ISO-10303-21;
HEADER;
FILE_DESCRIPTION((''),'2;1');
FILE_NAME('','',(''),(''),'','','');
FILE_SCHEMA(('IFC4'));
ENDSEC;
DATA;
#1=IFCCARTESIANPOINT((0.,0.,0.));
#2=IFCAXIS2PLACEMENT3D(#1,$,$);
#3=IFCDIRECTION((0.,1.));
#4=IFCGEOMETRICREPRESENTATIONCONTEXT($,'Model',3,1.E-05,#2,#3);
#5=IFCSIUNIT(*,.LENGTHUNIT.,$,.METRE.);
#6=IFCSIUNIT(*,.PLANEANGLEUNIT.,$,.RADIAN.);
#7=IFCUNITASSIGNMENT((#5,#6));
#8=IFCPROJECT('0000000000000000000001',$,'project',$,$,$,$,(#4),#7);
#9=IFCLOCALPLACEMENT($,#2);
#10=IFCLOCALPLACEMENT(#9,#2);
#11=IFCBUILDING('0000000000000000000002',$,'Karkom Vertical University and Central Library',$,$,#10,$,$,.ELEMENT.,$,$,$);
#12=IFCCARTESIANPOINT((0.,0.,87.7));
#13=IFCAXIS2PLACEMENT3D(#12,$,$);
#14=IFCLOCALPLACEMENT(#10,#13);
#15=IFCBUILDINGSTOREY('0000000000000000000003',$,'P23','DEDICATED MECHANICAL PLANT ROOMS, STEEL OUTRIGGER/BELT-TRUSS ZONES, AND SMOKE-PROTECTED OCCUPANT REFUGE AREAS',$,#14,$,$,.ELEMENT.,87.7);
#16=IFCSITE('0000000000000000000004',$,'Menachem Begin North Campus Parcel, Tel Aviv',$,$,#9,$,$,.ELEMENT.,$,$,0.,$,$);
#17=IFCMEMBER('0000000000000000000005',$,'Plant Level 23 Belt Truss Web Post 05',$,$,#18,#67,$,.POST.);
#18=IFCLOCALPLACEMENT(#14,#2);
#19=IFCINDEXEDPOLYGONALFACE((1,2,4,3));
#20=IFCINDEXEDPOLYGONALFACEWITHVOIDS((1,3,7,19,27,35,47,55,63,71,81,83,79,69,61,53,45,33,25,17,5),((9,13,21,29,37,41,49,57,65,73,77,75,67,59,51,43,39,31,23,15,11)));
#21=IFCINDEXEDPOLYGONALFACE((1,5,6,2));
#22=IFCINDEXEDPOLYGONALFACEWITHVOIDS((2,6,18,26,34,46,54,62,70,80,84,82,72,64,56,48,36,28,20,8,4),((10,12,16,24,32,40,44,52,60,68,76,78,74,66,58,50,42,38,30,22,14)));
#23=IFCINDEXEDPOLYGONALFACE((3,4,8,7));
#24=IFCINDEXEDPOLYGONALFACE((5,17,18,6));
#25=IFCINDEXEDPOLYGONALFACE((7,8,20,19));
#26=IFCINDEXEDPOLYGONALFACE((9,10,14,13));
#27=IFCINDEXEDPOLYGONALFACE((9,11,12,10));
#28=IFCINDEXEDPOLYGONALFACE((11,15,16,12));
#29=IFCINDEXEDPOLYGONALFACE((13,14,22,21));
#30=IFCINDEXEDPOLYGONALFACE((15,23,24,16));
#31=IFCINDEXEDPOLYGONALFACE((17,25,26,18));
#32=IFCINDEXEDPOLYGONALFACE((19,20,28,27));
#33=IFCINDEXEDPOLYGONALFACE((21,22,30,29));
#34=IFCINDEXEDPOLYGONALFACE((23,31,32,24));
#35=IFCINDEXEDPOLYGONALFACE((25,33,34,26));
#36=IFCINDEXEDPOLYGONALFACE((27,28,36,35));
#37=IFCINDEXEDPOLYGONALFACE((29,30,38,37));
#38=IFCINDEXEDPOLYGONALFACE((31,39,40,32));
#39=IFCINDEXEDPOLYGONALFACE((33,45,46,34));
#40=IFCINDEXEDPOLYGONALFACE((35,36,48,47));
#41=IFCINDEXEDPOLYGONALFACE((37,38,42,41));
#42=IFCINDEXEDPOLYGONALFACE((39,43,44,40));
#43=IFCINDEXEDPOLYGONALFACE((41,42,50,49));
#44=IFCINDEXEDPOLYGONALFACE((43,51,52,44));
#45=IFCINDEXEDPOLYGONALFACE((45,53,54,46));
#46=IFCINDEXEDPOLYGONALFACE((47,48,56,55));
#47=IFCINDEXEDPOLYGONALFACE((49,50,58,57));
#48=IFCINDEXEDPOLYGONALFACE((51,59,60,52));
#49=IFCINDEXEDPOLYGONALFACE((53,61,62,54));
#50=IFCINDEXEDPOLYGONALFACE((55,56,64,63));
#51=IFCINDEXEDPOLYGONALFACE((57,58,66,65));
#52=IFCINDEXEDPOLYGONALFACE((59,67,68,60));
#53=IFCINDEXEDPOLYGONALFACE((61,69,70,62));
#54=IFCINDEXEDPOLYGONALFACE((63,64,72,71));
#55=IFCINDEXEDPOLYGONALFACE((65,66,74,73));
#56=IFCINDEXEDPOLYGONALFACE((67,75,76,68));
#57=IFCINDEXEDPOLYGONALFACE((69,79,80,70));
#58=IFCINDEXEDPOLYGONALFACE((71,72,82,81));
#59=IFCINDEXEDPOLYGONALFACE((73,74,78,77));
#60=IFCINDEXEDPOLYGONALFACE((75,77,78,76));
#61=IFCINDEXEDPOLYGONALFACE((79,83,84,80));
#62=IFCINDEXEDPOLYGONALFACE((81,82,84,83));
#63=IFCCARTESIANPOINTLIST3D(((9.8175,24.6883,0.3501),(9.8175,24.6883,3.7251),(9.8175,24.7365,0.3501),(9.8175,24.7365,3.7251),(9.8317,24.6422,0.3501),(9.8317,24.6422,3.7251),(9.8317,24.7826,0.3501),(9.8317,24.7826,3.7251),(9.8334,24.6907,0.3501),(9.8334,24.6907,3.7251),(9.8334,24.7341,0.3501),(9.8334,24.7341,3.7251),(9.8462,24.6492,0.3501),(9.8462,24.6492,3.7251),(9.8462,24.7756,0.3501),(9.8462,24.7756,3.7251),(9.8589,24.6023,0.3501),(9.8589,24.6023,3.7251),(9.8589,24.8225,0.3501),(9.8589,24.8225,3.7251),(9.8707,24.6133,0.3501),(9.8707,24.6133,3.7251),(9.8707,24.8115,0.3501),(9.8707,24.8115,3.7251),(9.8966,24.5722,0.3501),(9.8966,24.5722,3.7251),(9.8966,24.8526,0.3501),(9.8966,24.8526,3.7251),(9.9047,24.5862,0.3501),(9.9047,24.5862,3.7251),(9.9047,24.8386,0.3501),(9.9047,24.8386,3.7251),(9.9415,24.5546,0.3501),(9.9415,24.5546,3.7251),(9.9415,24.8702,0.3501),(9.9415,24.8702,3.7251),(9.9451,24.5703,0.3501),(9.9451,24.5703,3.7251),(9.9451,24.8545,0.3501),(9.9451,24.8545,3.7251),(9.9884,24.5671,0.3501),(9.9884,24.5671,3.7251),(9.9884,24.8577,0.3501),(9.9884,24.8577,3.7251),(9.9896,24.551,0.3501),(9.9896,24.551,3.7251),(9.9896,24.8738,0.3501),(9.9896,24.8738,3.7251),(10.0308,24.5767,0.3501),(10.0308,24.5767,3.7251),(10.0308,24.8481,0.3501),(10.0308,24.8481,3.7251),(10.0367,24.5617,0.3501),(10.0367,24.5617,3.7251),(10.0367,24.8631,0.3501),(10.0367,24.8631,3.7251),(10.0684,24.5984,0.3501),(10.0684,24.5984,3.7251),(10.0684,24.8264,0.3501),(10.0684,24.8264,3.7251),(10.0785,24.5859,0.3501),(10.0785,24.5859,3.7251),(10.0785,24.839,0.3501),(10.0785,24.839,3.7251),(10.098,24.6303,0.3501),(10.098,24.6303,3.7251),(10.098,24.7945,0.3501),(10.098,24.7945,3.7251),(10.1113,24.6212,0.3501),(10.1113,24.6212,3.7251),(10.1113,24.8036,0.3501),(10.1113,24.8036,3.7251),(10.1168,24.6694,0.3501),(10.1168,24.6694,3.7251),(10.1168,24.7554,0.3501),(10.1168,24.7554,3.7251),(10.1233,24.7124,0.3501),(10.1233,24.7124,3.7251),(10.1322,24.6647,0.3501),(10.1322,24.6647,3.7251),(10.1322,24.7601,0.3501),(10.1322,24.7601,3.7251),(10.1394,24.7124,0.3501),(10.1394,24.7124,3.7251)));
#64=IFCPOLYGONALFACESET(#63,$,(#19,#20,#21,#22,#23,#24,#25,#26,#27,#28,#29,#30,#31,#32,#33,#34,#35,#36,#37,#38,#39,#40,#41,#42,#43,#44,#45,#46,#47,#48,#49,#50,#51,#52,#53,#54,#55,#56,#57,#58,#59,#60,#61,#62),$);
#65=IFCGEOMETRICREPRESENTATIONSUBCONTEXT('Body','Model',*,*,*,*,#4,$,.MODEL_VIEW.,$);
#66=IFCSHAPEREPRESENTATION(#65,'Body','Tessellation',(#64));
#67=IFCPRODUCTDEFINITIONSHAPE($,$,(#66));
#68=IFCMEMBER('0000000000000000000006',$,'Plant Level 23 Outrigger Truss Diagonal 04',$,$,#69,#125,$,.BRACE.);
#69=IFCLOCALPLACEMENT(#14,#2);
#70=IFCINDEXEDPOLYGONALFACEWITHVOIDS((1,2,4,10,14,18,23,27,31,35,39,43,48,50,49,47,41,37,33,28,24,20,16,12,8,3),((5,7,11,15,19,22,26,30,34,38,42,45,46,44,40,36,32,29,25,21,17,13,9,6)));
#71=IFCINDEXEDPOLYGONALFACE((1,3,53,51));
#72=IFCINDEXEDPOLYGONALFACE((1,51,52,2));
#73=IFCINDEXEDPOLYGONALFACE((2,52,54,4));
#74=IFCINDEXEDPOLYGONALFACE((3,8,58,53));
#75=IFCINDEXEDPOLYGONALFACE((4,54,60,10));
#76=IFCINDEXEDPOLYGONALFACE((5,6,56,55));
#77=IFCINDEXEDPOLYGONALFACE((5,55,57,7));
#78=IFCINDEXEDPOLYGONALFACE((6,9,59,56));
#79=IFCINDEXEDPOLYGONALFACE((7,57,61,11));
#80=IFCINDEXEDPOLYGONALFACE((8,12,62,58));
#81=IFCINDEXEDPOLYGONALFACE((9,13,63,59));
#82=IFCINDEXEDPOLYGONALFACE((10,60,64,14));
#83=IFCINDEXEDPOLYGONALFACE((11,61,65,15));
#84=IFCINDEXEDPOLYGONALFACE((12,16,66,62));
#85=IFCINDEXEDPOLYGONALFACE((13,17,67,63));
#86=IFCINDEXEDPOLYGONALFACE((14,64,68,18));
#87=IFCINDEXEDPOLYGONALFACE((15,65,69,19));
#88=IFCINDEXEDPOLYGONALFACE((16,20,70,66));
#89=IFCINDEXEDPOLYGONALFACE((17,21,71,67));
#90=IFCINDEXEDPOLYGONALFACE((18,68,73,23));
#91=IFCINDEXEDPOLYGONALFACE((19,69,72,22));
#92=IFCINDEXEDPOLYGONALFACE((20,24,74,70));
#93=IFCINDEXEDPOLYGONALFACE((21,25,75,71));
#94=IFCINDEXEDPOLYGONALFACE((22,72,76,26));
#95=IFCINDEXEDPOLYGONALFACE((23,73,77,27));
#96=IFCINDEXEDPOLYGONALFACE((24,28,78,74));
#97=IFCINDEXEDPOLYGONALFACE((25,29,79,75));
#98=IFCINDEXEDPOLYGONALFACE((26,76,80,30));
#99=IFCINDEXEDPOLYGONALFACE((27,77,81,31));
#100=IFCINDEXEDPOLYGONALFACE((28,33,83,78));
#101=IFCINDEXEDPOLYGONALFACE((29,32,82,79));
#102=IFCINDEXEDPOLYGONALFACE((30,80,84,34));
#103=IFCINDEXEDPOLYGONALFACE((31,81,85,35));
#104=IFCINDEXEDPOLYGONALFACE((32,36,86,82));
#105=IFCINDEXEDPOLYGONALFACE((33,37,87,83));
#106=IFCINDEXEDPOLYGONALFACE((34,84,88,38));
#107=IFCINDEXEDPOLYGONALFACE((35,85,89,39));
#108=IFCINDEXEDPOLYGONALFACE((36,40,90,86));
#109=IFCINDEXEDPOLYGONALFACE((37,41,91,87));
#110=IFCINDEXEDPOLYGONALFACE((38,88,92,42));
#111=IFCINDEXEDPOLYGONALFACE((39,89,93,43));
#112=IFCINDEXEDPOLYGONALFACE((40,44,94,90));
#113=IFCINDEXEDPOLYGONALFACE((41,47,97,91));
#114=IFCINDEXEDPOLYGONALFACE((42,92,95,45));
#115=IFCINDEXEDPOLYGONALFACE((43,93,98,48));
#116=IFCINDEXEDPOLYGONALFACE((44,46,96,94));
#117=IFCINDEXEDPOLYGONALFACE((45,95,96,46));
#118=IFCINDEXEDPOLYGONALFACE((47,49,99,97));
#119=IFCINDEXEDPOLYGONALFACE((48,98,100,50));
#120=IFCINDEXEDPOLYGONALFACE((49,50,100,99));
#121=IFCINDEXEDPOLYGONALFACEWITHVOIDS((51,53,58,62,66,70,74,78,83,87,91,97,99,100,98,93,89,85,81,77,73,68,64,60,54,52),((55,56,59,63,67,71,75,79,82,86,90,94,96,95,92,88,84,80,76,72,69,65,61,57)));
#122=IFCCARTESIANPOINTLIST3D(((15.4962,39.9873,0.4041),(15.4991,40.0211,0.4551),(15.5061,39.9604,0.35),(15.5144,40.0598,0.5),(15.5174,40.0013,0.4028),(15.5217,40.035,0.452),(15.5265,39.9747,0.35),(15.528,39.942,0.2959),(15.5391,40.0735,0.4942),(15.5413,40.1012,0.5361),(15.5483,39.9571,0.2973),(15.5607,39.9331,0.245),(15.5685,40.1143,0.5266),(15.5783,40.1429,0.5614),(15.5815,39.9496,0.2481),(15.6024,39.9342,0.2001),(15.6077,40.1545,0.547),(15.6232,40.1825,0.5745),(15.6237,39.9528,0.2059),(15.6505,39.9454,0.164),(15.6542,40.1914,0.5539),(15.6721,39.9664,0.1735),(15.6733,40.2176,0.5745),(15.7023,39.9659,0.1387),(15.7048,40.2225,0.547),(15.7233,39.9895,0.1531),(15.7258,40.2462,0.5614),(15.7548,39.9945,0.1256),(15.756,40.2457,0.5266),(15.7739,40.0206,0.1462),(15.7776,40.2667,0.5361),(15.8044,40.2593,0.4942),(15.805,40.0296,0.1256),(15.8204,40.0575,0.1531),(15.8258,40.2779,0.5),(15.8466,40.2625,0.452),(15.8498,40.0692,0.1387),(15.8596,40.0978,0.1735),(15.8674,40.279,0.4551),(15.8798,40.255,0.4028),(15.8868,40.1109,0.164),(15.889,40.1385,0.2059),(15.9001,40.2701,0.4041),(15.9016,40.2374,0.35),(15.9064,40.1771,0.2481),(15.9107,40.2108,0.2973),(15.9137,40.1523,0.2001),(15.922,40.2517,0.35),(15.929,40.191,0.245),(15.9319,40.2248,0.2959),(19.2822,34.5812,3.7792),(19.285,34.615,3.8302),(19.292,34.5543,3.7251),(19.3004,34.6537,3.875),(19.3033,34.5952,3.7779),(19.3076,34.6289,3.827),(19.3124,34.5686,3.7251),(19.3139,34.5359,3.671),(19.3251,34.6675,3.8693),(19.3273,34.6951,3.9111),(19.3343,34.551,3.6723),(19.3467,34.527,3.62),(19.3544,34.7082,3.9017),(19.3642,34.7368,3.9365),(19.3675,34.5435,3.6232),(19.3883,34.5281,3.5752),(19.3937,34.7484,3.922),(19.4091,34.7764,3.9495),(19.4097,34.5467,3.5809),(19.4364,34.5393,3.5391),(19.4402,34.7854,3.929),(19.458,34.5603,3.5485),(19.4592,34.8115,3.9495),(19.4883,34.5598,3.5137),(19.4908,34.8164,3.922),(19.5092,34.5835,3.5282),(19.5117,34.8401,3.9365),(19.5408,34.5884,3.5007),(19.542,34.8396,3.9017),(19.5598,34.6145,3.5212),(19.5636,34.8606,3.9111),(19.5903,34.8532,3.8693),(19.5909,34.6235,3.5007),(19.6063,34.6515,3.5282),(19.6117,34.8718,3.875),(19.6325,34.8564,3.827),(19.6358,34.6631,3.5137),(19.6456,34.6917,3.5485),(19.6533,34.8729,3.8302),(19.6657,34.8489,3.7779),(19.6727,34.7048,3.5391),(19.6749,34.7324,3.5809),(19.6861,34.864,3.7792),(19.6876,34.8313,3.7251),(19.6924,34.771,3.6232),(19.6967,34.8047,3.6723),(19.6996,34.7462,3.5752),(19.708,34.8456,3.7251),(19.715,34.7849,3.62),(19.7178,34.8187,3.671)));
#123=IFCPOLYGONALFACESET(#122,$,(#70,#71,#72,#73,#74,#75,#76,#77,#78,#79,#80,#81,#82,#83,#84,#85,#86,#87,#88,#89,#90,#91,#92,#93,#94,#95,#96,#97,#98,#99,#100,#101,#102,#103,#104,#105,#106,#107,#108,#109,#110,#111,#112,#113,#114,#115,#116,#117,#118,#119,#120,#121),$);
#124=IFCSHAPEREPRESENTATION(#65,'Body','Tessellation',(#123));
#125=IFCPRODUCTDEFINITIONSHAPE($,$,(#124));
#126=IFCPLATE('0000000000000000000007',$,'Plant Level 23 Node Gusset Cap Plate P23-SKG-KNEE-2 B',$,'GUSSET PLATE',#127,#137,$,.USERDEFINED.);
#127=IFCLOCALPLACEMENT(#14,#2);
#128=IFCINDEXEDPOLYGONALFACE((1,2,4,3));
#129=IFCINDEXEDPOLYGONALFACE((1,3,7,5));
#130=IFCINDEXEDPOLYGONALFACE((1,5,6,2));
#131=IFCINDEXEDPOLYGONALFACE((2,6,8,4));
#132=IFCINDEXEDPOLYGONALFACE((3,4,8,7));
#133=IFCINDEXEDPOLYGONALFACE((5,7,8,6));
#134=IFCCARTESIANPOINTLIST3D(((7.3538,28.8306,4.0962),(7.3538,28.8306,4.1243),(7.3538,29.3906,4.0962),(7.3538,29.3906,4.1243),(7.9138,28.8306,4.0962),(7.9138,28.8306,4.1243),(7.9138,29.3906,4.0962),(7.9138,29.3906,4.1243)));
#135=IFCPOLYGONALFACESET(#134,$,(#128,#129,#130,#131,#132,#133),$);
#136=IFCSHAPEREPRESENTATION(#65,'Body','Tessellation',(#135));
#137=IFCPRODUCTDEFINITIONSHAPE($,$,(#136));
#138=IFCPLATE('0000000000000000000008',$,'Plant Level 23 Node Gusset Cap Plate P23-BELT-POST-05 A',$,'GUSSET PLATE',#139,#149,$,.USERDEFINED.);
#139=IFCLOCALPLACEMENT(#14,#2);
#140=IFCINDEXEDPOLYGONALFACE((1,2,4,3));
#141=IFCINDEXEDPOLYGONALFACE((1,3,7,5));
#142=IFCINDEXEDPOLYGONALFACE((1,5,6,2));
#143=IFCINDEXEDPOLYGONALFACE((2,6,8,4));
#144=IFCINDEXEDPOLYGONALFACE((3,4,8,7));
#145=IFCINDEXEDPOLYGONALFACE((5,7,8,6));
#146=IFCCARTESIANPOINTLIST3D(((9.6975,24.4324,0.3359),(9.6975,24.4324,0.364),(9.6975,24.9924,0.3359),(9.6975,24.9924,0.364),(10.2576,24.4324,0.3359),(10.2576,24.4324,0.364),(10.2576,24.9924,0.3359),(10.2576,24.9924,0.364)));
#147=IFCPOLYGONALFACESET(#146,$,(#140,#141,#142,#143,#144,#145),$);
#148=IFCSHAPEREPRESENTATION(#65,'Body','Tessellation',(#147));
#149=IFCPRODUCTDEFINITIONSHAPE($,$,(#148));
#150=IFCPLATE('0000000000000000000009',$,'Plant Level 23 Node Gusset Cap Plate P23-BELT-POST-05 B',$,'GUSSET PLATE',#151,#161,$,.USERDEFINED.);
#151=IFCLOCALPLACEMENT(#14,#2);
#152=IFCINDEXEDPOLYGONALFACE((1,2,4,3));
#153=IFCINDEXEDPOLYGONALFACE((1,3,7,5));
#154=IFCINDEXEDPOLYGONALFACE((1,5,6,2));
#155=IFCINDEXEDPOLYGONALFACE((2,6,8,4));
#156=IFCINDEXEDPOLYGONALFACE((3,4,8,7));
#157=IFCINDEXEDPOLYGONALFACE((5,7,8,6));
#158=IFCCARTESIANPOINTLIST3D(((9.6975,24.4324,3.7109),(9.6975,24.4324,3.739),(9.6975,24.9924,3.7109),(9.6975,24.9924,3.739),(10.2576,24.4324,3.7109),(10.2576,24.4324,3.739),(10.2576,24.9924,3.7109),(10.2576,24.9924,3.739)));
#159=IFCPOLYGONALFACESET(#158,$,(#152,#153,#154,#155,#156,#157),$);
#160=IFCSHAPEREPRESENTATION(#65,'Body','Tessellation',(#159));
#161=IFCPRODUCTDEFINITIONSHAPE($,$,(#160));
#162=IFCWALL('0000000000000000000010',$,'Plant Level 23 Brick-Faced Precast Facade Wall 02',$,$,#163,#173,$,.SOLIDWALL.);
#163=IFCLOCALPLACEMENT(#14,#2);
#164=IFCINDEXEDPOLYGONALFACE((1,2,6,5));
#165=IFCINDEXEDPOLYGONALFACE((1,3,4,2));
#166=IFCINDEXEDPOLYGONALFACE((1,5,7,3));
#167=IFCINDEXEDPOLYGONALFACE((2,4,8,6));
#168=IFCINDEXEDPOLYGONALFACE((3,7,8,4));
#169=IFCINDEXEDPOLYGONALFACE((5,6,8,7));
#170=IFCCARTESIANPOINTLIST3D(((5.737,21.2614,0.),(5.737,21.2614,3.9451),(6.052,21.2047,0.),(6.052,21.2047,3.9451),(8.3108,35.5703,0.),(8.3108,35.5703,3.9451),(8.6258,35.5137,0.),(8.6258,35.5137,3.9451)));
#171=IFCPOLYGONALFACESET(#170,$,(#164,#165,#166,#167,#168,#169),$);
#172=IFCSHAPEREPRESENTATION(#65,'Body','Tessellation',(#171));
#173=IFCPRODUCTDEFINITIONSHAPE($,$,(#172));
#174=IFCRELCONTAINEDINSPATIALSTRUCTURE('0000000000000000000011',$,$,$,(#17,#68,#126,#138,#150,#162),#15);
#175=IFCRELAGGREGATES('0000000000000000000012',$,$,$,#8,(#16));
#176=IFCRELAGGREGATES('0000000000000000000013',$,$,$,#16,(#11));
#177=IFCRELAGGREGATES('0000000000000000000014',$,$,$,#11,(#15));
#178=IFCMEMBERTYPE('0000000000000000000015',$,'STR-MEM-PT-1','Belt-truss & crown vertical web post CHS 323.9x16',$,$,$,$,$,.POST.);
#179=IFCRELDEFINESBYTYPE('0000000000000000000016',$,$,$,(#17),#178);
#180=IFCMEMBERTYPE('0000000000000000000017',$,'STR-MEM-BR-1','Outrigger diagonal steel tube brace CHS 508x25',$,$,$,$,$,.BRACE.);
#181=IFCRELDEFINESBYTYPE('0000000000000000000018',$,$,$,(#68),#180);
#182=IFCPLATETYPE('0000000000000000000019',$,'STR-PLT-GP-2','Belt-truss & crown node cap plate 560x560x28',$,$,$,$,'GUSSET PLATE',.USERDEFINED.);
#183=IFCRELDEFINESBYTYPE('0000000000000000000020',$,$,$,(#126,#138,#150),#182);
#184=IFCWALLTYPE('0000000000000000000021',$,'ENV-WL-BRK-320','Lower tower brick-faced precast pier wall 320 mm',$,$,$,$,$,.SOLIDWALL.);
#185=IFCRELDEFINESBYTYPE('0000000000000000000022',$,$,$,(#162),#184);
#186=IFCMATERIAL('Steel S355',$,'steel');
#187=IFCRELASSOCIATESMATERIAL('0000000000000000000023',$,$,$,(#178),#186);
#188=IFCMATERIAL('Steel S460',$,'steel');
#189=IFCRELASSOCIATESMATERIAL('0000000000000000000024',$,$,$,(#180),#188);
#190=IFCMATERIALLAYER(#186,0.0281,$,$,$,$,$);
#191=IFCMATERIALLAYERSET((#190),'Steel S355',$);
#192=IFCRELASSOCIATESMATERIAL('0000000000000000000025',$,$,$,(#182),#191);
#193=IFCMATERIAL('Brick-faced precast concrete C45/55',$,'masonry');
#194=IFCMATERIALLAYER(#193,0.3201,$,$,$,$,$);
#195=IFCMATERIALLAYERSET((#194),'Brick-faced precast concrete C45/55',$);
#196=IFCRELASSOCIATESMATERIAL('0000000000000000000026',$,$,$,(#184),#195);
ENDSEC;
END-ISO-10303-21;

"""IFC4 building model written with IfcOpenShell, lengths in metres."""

from ifc_helpers import new_model, si_unit, direction, frame, frame_2d, origin, origin_with_axes, origin_2d, place, context, subcontext, project, spatial, rectangle, hollow_circle, extrude, source, transform, mapped, material, layer, layer_set, material_profile, profile_set, type_object, element, save


model = new_model("IFC4")

# Units and contexts
model_context = context("Model", 3, precision=1e-05, world=origin(), true_north=direction((0.0, 1.0)))
body_context = subcontext(model_context, "Body", "Model", "MODEL_VIEW")
ifc_project = project(units=[si_unit("LENGTHUNIT", "METRE"), si_unit("PLANEANGLEUNIT", "RADIAN")], contexts=[model_context])

# Site, building, storey
site_placement = place(None, origin())
site = spatial("IfcSite", under=ifc_project, at=site_placement, Name="Menachem Begin North Campus Parcel, Tel Aviv", CompositionType="ELEMENT", RefElevation=0.0)
building_placement = place(site_placement, origin())
building = spatial("IfcBuilding", under=site, at=building_placement, Name="Karkom Vertical University and Central Library", CompositionType="ELEMENT")
storey_placement = place(building_placement, frame((0.0, 0.0, 87.7)))
storey = spatial("IfcBuildingStorey", under=building, at=storey_placement, Name="P23", Description="DEDICATED MECHANICAL PLANT ROOMS, STEEL OUTRIGGER/BELT-TRUSS ZONES, AND SMOKE-PROTECTED OCCUPANT REFUGE AREAS", CompositionType="ELEMENT", Elevation=87.7)

# Shared definitions
ifc_material_1 = material(Name="Steel S355", Category="steel")

# Members
ifc_material_profile_1 = material_profile(ifc_material_1, hollow_circle(Radius=0.1619, WallThickness=0.0161, at=origin_2d()), Name="CHS 323.9x16")
ifc_profile_set_1 = profile_set([ifc_material_profile_1], Name="Steel S355")
member_type_1 = type_object("IfcMemberType", Name="STR-MEM-PT-1", Description="Belt-truss & crown vertical web post CHS 323.9x16", PredefinedType="POST", material=ifc_profile_set_1)
shared_shape_1 = source(origin_with_axes(), body_context, "Body", "SweptSolid", [
    extrude(hollow_circle(Radius=0.1619, WallThickness=0.0161, at=origin_2d()), origin(), (0.0, 0.0, 1.0), 3.375),
])
member_1_placement = place(storey_placement, frame((9.9775, 24.7124, 0.3501), z_axis=(0.0, 0.0, 1.0), x_axis=(1.0, 0.0, 0.0)))
element("IfcMember", 1, at=member_1_placement, inside=storey, type_object=member_type_1, Name="Plant Level 23 Belt Truss Web Post 05", PredefinedType="POST", context=body_context, shape_type="MappedRepresentation", body=[
    mapped(shared_shape_1, transform((0.0, 0.0, 0.0), scale=1.0)),
])
ifc_material_2 = material(Name="Steel S460", Category="steel")
ifc_material_profile_2 = material_profile(ifc_material_2, hollow_circle(Radius=0.2539, WallThickness=0.0249, at=origin_2d()), Name="CHS 508x25")
ifc_profile_set_2 = profile_set([ifc_material_profile_2], Name="Steel S460")
member_type_2 = type_object("IfcMemberType", Name="STR-MEM-BR-1", Description="Outrigger diagonal steel tube brace CHS 508x25", PredefinedType="BRACE", material=ifc_profile_set_2)
shared_shape_2 = source(origin_with_axes(), body_context, "Body", "SweptSolid", [
    extrude(hollow_circle(Radius=0.2539, WallThickness=0.0249, at=origin_2d()), origin(), (0.0, 0.0, 1.0), 7.4128),
])
member_2_placement = place(storey_placement, frame((19.5, 34.7, 3.7251), z_axis=(-0.510728, 0.729287, -0.455298), x_axis=(-0.819112, -0.573634, 0.0)))
element("IfcMember", 2, at=member_2_placement, inside=storey, type_object=member_type_2, Name="Plant Level 23 Outrigger Truss Diagonal 04", PredefinedType="BRACE", context=body_context, shape_type="MappedRepresentation", body=[
    mapped(shared_shape_2, transform((0.0, 0.0, 0.0), scale=1.0)),
])

# Plates
ifc_layer_1 = layer(ifc_material_1, 0.0281)
ifc_layer_set_1 = layer_set([ifc_layer_1], Name="Steel S355")
plate_type = type_object("IfcPlateType", Name="STR-PLT-GP-2", Description="Belt-truss & crown node cap plate 560x560x28", ElementType="GUSSET PLATE", PredefinedType="USERDEFINED", material=ifc_layer_set_1)
shared_shape_3 = source(origin_with_axes(), body_context, "Body", "SweptSolid", [
    extrude(rectangle(XDim=0.5601, YDim=0.5601, at=origin_2d()), origin(), (0.0, 0.0, 1.0), 0.0281),
])
for number, where, z_axis, x_axis, name in (
    (3, (7.6338, 29.1106, 4.0962), (0.0, 0.0, 1.0), (1.0, 0.0, 0.0), "Plant Level 23 Node Gusset Cap Plate P23-SKG-KNEE-2 B"),
    (4, (9.9775, 24.7124, 0.3359), (0.0, 0.0, 1.0), (1.0, 0.0, 0.0), "Plant Level 23 Node Gusset Cap Plate P23-BELT-POST-05 A"),
    (5, (9.9775, 24.7124, 3.7109), (0.0, 0.0, 1.0), (1.0, 0.0, 0.0), "Plant Level 23 Node Gusset Cap Plate P23-BELT-POST-05 B"),
):
    element("IfcPlate", number, at=place(storey_placement, frame(where, z_axis=z_axis, x_axis=x_axis)), inside=storey, type_object=plate_type, Name=name, ObjectType="GUSSET PLATE", PredefinedType="USERDEFINED", context=body_context, shape_type="MappedRepresentation", body=[
        mapped(shared_shape_3, transform((0.0, 0.0, 0.0), scale=1.0)),
    ])

# Wall
ifc_material_3 = material(Name="Brick-faced precast concrete C45/55", Category="masonry")
ifc_layer_2 = layer(ifc_material_3, 0.3201)
ifc_layer_set_2 = layer_set([ifc_layer_2], Name="Brick-faced precast concrete C45/55")
wall_type_1 = type_object("IfcWallType", Name="ENV-WL-BRK-320", Description="Lower tower brick-faced precast pier wall 320 mm", PredefinedType="SOLIDWALL", material=ifc_layer_set_2)
wall_1_placement = place(storey_placement, frame((8.4683, 35.542, 0.0), z_axis=(0.0, 0.0, 1.0), x_axis=(-0.177029, -0.984206, 0.0)))
element("IfcWall", 6, at=wall_1_placement, inside=storey, type_object=wall_type_1, Name="Plant Level 23 Brick-Faced Precast Facade Wall 02", PredefinedType="SOLIDWALL", context=body_context, shape_type="SweptSolid", body=[
    extrude(rectangle(XDim=14.5386, YDim=0.3201, at=frame_2d((7.2693, 0.0))), origin(), (0.0, 0.0, 1.0), 3.9451),
])

save(model, "model.ifc")
